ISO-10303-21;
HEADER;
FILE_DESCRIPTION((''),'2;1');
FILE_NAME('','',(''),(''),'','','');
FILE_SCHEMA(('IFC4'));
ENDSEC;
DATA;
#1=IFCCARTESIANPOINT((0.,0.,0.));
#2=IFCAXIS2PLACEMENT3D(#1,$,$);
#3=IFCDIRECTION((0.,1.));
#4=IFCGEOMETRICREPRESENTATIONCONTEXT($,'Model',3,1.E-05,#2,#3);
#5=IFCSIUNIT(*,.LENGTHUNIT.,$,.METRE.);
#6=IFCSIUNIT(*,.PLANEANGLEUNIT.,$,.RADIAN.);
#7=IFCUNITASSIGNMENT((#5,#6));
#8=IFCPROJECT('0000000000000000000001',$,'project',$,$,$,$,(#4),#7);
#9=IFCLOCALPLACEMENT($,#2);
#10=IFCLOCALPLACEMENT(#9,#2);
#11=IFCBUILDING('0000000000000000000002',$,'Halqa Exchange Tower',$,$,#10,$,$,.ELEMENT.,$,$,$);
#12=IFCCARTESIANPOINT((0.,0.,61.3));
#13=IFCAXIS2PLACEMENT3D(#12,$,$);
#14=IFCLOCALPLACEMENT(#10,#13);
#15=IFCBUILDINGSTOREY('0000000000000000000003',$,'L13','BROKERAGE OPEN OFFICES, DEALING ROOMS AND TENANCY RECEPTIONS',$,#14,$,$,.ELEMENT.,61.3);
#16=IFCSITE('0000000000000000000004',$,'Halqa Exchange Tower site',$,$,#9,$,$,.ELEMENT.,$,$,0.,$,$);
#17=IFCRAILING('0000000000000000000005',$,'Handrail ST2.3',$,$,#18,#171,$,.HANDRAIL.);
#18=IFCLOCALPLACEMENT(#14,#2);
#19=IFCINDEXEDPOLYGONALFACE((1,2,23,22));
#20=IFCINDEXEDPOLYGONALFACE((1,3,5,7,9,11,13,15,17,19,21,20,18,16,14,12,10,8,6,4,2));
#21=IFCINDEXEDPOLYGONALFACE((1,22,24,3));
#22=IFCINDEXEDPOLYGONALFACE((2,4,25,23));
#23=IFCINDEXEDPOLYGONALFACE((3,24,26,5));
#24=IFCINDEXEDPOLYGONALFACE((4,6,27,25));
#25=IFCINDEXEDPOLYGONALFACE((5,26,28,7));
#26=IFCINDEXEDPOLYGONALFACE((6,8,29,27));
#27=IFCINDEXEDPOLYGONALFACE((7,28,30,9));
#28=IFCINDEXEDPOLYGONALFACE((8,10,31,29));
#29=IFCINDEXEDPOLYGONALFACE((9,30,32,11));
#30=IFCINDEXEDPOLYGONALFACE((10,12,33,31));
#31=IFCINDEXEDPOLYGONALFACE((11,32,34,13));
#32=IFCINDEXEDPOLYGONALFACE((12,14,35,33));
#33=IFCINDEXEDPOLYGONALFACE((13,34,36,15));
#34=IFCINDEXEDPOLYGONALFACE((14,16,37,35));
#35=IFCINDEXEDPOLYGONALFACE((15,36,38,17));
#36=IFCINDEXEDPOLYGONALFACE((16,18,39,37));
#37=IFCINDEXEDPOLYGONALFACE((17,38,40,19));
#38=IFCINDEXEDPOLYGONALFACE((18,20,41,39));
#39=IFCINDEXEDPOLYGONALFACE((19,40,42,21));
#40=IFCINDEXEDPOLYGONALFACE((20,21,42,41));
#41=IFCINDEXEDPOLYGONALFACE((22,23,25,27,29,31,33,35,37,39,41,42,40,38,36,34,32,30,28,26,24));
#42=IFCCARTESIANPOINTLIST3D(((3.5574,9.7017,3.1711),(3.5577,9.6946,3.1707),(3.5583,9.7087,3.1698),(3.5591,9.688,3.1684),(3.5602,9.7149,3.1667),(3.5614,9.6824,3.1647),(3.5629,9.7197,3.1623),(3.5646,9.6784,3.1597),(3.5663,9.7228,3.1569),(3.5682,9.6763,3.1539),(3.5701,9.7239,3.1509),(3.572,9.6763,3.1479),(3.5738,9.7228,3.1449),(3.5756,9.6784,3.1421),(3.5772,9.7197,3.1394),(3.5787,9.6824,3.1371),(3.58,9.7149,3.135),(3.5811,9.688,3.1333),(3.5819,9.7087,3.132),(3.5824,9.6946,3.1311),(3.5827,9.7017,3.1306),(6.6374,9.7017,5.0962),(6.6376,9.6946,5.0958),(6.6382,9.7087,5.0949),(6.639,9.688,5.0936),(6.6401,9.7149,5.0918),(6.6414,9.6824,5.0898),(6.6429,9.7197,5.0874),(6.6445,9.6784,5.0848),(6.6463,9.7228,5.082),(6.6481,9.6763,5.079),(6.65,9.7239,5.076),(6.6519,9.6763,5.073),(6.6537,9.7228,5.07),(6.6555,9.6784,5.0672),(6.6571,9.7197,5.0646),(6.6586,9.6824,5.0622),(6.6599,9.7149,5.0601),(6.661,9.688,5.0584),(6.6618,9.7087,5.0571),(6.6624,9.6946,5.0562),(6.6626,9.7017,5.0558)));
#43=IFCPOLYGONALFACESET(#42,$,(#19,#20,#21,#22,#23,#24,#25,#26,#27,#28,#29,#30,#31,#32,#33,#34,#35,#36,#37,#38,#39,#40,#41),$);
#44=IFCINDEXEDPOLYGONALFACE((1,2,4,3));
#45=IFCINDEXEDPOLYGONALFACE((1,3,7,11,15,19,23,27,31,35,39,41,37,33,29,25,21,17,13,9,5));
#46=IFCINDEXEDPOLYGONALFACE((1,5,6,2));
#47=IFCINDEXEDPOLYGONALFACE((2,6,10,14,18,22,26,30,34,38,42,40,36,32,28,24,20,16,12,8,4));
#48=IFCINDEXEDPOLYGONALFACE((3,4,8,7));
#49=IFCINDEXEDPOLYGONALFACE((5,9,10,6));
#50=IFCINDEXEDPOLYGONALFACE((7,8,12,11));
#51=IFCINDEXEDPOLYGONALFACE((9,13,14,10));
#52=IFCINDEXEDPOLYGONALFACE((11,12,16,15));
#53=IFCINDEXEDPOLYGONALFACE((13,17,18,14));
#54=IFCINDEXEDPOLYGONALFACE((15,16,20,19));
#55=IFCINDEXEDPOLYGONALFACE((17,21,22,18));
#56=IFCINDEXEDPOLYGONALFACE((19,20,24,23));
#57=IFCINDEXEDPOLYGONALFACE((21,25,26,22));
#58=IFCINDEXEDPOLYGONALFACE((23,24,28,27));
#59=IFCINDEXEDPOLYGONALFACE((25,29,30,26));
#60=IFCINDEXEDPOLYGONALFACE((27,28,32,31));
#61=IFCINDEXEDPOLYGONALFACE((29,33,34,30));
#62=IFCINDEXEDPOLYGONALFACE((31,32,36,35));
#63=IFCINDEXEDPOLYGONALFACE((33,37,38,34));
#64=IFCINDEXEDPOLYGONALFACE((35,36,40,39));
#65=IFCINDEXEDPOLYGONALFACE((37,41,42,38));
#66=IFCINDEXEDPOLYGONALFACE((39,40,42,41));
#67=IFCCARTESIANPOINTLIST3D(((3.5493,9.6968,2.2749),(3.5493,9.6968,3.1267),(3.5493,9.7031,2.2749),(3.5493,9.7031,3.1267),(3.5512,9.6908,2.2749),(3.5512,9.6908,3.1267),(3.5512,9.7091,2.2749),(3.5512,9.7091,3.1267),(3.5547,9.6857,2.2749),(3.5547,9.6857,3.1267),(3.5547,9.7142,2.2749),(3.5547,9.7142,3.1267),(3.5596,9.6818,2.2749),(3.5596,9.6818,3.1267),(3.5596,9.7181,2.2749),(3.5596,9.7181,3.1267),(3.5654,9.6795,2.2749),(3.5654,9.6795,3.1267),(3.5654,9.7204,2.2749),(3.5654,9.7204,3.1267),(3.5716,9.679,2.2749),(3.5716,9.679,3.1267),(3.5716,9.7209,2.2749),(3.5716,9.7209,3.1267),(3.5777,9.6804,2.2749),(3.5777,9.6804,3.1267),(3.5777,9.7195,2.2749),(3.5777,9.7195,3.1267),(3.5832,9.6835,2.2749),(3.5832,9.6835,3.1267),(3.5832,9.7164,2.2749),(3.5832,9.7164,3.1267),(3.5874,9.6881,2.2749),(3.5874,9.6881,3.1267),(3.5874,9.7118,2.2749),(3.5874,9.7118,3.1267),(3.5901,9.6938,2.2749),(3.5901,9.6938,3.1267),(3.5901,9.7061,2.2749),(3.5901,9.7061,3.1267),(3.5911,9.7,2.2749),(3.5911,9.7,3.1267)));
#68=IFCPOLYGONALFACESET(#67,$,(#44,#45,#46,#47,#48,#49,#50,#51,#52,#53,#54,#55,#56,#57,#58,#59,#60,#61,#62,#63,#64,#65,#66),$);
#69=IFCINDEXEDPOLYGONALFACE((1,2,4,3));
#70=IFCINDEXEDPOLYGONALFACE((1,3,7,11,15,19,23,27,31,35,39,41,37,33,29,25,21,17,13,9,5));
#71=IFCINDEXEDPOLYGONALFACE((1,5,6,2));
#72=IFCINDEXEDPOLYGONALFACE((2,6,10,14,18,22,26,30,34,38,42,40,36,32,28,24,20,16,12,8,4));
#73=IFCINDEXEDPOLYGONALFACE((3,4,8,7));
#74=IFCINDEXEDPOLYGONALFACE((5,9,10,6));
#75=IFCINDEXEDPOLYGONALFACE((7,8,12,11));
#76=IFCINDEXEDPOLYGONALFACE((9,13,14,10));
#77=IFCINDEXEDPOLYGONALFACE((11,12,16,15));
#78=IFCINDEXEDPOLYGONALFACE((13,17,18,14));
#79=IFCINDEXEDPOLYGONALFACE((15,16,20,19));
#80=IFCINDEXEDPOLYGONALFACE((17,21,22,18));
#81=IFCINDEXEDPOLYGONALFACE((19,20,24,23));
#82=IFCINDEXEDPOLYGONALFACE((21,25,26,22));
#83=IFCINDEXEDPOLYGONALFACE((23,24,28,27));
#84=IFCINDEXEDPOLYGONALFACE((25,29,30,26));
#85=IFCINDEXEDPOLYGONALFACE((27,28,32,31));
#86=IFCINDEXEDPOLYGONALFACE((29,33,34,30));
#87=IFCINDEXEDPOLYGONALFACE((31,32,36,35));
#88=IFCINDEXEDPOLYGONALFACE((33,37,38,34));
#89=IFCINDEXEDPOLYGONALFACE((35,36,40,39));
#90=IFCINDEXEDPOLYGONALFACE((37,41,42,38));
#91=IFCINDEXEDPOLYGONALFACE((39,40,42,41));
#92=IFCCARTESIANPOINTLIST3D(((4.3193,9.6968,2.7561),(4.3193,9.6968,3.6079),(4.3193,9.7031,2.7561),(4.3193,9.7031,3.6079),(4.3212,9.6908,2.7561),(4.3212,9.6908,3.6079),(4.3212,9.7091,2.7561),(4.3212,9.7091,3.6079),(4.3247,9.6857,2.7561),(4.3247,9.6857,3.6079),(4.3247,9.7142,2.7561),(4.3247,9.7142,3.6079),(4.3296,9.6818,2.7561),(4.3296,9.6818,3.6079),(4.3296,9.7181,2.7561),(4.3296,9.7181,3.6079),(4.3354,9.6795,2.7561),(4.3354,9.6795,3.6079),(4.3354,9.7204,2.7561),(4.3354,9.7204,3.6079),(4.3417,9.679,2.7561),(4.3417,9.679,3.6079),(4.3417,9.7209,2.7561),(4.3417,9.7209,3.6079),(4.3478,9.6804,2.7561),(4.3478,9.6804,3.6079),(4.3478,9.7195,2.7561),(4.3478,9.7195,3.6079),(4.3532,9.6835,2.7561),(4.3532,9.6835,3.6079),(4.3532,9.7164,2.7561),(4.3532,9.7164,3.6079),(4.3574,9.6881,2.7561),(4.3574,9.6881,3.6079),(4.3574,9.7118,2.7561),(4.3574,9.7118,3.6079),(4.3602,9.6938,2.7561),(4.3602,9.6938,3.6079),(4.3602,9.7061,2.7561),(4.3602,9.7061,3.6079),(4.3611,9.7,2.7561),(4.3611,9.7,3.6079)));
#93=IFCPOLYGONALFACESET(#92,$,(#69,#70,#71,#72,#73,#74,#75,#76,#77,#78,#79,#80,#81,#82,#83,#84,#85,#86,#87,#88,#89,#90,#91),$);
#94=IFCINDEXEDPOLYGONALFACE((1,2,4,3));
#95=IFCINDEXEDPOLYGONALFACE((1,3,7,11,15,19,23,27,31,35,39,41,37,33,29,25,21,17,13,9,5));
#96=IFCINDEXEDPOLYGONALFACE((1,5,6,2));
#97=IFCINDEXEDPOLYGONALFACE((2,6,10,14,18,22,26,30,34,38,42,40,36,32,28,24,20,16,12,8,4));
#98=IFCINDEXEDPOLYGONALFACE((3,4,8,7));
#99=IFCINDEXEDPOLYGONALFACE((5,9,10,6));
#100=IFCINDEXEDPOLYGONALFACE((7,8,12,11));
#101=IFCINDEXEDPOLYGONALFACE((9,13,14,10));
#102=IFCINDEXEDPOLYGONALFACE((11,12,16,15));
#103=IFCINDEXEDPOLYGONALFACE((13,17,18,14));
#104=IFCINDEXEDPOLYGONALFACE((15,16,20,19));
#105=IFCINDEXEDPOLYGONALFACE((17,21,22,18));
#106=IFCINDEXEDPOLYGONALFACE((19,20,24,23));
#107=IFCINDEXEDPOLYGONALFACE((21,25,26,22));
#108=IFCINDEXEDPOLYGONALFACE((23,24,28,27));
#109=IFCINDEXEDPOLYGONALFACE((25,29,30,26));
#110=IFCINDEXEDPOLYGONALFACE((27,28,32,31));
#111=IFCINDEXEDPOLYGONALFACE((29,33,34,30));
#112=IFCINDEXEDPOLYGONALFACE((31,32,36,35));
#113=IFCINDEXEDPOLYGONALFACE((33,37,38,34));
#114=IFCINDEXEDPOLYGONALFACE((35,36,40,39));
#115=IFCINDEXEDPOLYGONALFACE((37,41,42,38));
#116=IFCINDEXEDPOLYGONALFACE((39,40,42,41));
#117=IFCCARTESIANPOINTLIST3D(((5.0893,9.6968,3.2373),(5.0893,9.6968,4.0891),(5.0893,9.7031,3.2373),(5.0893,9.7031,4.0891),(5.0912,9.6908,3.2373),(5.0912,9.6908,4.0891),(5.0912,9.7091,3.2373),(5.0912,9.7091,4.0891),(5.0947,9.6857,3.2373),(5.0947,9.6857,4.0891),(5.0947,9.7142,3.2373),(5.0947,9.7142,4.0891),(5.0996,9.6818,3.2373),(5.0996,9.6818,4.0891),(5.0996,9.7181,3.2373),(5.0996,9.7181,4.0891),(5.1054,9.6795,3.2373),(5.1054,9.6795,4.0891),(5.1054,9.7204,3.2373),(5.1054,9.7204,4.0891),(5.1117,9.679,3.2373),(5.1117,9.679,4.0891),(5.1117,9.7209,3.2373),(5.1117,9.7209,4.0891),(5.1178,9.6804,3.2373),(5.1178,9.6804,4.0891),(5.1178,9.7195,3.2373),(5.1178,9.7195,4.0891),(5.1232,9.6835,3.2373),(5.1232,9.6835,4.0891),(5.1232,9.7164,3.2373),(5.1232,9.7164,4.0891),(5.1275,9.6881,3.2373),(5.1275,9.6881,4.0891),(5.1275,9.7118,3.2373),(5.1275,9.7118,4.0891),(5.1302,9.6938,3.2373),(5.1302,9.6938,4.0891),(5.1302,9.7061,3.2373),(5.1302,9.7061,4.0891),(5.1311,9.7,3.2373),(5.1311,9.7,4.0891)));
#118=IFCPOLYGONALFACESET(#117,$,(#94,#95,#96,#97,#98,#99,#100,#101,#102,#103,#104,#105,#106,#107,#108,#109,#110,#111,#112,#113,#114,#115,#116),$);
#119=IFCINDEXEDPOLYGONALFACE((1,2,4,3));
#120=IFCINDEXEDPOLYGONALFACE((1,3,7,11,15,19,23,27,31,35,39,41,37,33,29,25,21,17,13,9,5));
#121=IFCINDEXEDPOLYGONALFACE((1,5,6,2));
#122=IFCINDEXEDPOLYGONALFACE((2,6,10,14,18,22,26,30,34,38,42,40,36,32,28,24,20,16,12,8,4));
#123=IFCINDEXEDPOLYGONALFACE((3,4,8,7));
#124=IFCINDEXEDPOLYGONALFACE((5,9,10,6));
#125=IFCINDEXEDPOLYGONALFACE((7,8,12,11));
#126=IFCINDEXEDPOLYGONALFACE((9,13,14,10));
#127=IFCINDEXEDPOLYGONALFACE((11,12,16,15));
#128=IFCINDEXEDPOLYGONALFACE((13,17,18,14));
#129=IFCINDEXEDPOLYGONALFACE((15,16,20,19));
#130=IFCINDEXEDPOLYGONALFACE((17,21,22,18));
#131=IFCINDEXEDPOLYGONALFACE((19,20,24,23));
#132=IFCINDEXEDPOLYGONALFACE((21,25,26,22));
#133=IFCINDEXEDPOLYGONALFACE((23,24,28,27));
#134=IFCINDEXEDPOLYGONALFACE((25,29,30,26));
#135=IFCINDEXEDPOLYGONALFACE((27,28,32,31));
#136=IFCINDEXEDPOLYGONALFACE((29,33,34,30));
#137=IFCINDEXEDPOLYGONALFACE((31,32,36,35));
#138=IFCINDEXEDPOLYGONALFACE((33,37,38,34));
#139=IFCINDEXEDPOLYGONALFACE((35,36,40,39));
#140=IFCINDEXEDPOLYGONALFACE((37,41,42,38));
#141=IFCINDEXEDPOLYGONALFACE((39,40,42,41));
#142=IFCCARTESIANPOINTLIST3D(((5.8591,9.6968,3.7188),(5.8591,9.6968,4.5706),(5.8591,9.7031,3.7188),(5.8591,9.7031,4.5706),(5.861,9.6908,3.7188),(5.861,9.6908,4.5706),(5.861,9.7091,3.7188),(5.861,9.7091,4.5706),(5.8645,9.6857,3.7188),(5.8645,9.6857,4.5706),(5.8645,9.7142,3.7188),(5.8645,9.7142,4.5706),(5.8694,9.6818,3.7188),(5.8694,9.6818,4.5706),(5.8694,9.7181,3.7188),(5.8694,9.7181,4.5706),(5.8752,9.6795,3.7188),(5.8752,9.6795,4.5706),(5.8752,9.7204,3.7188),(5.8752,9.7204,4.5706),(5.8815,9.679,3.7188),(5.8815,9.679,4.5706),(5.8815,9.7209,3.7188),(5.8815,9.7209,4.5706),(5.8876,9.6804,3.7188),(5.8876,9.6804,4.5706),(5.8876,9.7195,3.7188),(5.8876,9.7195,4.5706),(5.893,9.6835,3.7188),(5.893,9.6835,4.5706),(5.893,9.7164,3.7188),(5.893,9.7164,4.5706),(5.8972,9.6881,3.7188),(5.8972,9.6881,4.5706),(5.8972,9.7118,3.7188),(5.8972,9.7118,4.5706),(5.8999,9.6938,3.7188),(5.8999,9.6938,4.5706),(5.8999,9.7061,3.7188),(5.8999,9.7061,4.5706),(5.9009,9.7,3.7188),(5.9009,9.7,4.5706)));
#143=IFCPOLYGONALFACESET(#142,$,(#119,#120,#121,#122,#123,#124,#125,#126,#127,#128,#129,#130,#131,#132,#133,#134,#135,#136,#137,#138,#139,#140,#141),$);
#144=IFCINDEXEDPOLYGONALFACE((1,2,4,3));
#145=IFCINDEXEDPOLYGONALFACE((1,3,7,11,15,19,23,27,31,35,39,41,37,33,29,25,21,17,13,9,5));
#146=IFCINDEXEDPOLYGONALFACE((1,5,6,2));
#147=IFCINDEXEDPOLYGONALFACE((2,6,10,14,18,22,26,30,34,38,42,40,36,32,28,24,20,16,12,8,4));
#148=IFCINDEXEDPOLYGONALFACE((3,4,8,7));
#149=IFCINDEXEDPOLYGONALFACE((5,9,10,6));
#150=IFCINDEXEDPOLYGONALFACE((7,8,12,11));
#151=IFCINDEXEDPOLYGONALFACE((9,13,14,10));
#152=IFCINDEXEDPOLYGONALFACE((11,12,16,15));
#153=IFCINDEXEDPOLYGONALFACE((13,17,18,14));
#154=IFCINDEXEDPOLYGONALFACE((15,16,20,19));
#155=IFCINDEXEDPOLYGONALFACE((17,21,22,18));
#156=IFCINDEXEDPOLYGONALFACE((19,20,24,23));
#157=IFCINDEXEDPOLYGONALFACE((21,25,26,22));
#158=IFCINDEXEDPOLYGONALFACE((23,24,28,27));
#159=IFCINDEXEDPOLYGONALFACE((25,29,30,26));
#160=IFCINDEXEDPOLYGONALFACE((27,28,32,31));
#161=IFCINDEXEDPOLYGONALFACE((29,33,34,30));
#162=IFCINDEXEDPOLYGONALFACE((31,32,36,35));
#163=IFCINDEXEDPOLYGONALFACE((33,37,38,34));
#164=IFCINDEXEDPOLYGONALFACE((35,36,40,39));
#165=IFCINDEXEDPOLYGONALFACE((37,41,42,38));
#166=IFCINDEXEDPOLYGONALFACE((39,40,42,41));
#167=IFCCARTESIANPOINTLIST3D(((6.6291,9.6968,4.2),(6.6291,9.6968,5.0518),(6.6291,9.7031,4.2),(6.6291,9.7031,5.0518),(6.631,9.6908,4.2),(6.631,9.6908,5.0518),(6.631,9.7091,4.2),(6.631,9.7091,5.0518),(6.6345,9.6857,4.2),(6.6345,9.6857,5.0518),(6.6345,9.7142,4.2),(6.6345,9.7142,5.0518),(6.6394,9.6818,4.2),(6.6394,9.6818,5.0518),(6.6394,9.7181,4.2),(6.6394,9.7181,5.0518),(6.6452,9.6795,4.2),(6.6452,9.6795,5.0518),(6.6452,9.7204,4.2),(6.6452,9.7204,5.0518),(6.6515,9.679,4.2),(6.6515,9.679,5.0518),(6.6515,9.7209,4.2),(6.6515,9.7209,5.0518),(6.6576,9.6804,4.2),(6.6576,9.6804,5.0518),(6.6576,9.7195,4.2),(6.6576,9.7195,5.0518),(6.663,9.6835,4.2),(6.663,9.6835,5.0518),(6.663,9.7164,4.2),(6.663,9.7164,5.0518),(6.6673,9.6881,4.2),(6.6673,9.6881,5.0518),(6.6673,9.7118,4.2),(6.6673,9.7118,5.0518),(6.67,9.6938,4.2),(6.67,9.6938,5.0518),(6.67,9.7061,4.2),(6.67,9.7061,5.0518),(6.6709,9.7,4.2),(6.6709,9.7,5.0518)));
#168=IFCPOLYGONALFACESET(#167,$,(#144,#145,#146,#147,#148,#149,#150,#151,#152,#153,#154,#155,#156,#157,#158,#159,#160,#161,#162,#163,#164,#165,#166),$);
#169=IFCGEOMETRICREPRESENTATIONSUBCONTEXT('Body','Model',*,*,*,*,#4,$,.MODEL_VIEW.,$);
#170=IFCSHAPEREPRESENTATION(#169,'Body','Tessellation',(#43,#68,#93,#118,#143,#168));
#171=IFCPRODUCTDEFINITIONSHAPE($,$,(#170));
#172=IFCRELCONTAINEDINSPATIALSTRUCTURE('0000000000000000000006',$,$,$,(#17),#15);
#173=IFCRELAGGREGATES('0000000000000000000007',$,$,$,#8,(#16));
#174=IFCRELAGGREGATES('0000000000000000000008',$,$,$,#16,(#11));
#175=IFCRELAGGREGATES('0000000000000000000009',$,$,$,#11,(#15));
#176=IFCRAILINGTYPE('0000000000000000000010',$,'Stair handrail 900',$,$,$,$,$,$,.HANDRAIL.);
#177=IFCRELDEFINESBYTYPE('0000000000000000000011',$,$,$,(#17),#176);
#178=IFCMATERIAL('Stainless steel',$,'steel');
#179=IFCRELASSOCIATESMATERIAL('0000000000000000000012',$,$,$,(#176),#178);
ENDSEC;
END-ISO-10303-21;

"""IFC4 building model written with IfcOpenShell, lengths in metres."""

from ifc_helpers import new_model, si_unit, direction, frame, origin, origin_2d, place, context, subcontext, project, spatial, circle, extrude, material, type_object, element, save


model = new_model("IFC4")

# Units and contexts
model_context = context("Model", 3, precision=1e-05, world=origin(), true_north=direction((0.0, 1.0)))
body_context = subcontext(model_context, "Body", "Model", "MODEL_VIEW")
ifc_project = project(units=[si_unit("LENGTHUNIT", "METRE"), si_unit("PLANEANGLEUNIT", "RADIAN")], contexts=[model_context])

# Site, building, storey
site_placement = place(None, origin())
site = spatial("IfcSite", under=ifc_project, at=site_placement, Name="Halqa Exchange Tower site", CompositionType="ELEMENT", RefElevation=0.0)
building_placement = place(site_placement, origin())
building = spatial("IfcBuilding", under=site, at=building_placement, Name="Halqa Exchange Tower", CompositionType="ELEMENT")
storey_placement = place(building_placement, frame((0.0, 0.0, 61.3)))
storey = spatial("IfcBuildingStorey", under=building, at=storey_placement, Name="L13", Description="BROKERAGE OPEN OFFICES, DEALING ROOMS AND TENANCY RECEPTIONS", CompositionType="ELEMENT", Elevation=61.3)

# Railing
ifc_material_1 = material(Name="Stainless steel", Category="steel")
railing_type_1 = type_object("IfcRailingType", Name="Stair handrail 900", PredefinedType="HANDRAIL", material=ifc_material_1)
railing_1_placement = place(storey_placement, frame((3.5701, 9.7, 2.2749)))
element("IfcRailing", 1, at=railing_1_placement, inside=storey, type_object=railing_type_1, Name="Handrail ST2.3", PredefinedType="HANDRAIL", context=body_context, shape_type="SweptSolid", body=[
    extrude(circle(Radius=0.0239, at=origin_2d()), frame((0.0, 0.0, 0.876), z_axis=(0.847979, 0.0, 0.530029), x_axis=(0.0, 1.0, 0.0)), (0.0, 0.0, 1.0), 3.6321),
    extrude(circle(Radius=0.021, at=origin_2d()), origin(), (0.0, 0.0, 1.0), 0.8518),
    extrude(circle(Radius=0.021, at=origin_2d()), frame((0.77, 0.0, 0.4812)), (0.0, 0.0, 1.0), 0.8518),
    extrude(circle(Radius=0.021, at=origin_2d()), frame((1.54, 0.0, 0.9624)), (0.0, 0.0, 1.0), 0.8518),
    extrude(circle(Radius=0.021, at=origin_2d()), frame((2.3098, 0.0, 1.4438)), (0.0, 0.0, 1.0), 0.8518),
    extrude(circle(Radius=0.021, at=origin_2d()), frame((3.0798, 0.0, 1.925)), (0.0, 0.0, 1.0), 0.8518),
])

save(model, "model.ifc")
